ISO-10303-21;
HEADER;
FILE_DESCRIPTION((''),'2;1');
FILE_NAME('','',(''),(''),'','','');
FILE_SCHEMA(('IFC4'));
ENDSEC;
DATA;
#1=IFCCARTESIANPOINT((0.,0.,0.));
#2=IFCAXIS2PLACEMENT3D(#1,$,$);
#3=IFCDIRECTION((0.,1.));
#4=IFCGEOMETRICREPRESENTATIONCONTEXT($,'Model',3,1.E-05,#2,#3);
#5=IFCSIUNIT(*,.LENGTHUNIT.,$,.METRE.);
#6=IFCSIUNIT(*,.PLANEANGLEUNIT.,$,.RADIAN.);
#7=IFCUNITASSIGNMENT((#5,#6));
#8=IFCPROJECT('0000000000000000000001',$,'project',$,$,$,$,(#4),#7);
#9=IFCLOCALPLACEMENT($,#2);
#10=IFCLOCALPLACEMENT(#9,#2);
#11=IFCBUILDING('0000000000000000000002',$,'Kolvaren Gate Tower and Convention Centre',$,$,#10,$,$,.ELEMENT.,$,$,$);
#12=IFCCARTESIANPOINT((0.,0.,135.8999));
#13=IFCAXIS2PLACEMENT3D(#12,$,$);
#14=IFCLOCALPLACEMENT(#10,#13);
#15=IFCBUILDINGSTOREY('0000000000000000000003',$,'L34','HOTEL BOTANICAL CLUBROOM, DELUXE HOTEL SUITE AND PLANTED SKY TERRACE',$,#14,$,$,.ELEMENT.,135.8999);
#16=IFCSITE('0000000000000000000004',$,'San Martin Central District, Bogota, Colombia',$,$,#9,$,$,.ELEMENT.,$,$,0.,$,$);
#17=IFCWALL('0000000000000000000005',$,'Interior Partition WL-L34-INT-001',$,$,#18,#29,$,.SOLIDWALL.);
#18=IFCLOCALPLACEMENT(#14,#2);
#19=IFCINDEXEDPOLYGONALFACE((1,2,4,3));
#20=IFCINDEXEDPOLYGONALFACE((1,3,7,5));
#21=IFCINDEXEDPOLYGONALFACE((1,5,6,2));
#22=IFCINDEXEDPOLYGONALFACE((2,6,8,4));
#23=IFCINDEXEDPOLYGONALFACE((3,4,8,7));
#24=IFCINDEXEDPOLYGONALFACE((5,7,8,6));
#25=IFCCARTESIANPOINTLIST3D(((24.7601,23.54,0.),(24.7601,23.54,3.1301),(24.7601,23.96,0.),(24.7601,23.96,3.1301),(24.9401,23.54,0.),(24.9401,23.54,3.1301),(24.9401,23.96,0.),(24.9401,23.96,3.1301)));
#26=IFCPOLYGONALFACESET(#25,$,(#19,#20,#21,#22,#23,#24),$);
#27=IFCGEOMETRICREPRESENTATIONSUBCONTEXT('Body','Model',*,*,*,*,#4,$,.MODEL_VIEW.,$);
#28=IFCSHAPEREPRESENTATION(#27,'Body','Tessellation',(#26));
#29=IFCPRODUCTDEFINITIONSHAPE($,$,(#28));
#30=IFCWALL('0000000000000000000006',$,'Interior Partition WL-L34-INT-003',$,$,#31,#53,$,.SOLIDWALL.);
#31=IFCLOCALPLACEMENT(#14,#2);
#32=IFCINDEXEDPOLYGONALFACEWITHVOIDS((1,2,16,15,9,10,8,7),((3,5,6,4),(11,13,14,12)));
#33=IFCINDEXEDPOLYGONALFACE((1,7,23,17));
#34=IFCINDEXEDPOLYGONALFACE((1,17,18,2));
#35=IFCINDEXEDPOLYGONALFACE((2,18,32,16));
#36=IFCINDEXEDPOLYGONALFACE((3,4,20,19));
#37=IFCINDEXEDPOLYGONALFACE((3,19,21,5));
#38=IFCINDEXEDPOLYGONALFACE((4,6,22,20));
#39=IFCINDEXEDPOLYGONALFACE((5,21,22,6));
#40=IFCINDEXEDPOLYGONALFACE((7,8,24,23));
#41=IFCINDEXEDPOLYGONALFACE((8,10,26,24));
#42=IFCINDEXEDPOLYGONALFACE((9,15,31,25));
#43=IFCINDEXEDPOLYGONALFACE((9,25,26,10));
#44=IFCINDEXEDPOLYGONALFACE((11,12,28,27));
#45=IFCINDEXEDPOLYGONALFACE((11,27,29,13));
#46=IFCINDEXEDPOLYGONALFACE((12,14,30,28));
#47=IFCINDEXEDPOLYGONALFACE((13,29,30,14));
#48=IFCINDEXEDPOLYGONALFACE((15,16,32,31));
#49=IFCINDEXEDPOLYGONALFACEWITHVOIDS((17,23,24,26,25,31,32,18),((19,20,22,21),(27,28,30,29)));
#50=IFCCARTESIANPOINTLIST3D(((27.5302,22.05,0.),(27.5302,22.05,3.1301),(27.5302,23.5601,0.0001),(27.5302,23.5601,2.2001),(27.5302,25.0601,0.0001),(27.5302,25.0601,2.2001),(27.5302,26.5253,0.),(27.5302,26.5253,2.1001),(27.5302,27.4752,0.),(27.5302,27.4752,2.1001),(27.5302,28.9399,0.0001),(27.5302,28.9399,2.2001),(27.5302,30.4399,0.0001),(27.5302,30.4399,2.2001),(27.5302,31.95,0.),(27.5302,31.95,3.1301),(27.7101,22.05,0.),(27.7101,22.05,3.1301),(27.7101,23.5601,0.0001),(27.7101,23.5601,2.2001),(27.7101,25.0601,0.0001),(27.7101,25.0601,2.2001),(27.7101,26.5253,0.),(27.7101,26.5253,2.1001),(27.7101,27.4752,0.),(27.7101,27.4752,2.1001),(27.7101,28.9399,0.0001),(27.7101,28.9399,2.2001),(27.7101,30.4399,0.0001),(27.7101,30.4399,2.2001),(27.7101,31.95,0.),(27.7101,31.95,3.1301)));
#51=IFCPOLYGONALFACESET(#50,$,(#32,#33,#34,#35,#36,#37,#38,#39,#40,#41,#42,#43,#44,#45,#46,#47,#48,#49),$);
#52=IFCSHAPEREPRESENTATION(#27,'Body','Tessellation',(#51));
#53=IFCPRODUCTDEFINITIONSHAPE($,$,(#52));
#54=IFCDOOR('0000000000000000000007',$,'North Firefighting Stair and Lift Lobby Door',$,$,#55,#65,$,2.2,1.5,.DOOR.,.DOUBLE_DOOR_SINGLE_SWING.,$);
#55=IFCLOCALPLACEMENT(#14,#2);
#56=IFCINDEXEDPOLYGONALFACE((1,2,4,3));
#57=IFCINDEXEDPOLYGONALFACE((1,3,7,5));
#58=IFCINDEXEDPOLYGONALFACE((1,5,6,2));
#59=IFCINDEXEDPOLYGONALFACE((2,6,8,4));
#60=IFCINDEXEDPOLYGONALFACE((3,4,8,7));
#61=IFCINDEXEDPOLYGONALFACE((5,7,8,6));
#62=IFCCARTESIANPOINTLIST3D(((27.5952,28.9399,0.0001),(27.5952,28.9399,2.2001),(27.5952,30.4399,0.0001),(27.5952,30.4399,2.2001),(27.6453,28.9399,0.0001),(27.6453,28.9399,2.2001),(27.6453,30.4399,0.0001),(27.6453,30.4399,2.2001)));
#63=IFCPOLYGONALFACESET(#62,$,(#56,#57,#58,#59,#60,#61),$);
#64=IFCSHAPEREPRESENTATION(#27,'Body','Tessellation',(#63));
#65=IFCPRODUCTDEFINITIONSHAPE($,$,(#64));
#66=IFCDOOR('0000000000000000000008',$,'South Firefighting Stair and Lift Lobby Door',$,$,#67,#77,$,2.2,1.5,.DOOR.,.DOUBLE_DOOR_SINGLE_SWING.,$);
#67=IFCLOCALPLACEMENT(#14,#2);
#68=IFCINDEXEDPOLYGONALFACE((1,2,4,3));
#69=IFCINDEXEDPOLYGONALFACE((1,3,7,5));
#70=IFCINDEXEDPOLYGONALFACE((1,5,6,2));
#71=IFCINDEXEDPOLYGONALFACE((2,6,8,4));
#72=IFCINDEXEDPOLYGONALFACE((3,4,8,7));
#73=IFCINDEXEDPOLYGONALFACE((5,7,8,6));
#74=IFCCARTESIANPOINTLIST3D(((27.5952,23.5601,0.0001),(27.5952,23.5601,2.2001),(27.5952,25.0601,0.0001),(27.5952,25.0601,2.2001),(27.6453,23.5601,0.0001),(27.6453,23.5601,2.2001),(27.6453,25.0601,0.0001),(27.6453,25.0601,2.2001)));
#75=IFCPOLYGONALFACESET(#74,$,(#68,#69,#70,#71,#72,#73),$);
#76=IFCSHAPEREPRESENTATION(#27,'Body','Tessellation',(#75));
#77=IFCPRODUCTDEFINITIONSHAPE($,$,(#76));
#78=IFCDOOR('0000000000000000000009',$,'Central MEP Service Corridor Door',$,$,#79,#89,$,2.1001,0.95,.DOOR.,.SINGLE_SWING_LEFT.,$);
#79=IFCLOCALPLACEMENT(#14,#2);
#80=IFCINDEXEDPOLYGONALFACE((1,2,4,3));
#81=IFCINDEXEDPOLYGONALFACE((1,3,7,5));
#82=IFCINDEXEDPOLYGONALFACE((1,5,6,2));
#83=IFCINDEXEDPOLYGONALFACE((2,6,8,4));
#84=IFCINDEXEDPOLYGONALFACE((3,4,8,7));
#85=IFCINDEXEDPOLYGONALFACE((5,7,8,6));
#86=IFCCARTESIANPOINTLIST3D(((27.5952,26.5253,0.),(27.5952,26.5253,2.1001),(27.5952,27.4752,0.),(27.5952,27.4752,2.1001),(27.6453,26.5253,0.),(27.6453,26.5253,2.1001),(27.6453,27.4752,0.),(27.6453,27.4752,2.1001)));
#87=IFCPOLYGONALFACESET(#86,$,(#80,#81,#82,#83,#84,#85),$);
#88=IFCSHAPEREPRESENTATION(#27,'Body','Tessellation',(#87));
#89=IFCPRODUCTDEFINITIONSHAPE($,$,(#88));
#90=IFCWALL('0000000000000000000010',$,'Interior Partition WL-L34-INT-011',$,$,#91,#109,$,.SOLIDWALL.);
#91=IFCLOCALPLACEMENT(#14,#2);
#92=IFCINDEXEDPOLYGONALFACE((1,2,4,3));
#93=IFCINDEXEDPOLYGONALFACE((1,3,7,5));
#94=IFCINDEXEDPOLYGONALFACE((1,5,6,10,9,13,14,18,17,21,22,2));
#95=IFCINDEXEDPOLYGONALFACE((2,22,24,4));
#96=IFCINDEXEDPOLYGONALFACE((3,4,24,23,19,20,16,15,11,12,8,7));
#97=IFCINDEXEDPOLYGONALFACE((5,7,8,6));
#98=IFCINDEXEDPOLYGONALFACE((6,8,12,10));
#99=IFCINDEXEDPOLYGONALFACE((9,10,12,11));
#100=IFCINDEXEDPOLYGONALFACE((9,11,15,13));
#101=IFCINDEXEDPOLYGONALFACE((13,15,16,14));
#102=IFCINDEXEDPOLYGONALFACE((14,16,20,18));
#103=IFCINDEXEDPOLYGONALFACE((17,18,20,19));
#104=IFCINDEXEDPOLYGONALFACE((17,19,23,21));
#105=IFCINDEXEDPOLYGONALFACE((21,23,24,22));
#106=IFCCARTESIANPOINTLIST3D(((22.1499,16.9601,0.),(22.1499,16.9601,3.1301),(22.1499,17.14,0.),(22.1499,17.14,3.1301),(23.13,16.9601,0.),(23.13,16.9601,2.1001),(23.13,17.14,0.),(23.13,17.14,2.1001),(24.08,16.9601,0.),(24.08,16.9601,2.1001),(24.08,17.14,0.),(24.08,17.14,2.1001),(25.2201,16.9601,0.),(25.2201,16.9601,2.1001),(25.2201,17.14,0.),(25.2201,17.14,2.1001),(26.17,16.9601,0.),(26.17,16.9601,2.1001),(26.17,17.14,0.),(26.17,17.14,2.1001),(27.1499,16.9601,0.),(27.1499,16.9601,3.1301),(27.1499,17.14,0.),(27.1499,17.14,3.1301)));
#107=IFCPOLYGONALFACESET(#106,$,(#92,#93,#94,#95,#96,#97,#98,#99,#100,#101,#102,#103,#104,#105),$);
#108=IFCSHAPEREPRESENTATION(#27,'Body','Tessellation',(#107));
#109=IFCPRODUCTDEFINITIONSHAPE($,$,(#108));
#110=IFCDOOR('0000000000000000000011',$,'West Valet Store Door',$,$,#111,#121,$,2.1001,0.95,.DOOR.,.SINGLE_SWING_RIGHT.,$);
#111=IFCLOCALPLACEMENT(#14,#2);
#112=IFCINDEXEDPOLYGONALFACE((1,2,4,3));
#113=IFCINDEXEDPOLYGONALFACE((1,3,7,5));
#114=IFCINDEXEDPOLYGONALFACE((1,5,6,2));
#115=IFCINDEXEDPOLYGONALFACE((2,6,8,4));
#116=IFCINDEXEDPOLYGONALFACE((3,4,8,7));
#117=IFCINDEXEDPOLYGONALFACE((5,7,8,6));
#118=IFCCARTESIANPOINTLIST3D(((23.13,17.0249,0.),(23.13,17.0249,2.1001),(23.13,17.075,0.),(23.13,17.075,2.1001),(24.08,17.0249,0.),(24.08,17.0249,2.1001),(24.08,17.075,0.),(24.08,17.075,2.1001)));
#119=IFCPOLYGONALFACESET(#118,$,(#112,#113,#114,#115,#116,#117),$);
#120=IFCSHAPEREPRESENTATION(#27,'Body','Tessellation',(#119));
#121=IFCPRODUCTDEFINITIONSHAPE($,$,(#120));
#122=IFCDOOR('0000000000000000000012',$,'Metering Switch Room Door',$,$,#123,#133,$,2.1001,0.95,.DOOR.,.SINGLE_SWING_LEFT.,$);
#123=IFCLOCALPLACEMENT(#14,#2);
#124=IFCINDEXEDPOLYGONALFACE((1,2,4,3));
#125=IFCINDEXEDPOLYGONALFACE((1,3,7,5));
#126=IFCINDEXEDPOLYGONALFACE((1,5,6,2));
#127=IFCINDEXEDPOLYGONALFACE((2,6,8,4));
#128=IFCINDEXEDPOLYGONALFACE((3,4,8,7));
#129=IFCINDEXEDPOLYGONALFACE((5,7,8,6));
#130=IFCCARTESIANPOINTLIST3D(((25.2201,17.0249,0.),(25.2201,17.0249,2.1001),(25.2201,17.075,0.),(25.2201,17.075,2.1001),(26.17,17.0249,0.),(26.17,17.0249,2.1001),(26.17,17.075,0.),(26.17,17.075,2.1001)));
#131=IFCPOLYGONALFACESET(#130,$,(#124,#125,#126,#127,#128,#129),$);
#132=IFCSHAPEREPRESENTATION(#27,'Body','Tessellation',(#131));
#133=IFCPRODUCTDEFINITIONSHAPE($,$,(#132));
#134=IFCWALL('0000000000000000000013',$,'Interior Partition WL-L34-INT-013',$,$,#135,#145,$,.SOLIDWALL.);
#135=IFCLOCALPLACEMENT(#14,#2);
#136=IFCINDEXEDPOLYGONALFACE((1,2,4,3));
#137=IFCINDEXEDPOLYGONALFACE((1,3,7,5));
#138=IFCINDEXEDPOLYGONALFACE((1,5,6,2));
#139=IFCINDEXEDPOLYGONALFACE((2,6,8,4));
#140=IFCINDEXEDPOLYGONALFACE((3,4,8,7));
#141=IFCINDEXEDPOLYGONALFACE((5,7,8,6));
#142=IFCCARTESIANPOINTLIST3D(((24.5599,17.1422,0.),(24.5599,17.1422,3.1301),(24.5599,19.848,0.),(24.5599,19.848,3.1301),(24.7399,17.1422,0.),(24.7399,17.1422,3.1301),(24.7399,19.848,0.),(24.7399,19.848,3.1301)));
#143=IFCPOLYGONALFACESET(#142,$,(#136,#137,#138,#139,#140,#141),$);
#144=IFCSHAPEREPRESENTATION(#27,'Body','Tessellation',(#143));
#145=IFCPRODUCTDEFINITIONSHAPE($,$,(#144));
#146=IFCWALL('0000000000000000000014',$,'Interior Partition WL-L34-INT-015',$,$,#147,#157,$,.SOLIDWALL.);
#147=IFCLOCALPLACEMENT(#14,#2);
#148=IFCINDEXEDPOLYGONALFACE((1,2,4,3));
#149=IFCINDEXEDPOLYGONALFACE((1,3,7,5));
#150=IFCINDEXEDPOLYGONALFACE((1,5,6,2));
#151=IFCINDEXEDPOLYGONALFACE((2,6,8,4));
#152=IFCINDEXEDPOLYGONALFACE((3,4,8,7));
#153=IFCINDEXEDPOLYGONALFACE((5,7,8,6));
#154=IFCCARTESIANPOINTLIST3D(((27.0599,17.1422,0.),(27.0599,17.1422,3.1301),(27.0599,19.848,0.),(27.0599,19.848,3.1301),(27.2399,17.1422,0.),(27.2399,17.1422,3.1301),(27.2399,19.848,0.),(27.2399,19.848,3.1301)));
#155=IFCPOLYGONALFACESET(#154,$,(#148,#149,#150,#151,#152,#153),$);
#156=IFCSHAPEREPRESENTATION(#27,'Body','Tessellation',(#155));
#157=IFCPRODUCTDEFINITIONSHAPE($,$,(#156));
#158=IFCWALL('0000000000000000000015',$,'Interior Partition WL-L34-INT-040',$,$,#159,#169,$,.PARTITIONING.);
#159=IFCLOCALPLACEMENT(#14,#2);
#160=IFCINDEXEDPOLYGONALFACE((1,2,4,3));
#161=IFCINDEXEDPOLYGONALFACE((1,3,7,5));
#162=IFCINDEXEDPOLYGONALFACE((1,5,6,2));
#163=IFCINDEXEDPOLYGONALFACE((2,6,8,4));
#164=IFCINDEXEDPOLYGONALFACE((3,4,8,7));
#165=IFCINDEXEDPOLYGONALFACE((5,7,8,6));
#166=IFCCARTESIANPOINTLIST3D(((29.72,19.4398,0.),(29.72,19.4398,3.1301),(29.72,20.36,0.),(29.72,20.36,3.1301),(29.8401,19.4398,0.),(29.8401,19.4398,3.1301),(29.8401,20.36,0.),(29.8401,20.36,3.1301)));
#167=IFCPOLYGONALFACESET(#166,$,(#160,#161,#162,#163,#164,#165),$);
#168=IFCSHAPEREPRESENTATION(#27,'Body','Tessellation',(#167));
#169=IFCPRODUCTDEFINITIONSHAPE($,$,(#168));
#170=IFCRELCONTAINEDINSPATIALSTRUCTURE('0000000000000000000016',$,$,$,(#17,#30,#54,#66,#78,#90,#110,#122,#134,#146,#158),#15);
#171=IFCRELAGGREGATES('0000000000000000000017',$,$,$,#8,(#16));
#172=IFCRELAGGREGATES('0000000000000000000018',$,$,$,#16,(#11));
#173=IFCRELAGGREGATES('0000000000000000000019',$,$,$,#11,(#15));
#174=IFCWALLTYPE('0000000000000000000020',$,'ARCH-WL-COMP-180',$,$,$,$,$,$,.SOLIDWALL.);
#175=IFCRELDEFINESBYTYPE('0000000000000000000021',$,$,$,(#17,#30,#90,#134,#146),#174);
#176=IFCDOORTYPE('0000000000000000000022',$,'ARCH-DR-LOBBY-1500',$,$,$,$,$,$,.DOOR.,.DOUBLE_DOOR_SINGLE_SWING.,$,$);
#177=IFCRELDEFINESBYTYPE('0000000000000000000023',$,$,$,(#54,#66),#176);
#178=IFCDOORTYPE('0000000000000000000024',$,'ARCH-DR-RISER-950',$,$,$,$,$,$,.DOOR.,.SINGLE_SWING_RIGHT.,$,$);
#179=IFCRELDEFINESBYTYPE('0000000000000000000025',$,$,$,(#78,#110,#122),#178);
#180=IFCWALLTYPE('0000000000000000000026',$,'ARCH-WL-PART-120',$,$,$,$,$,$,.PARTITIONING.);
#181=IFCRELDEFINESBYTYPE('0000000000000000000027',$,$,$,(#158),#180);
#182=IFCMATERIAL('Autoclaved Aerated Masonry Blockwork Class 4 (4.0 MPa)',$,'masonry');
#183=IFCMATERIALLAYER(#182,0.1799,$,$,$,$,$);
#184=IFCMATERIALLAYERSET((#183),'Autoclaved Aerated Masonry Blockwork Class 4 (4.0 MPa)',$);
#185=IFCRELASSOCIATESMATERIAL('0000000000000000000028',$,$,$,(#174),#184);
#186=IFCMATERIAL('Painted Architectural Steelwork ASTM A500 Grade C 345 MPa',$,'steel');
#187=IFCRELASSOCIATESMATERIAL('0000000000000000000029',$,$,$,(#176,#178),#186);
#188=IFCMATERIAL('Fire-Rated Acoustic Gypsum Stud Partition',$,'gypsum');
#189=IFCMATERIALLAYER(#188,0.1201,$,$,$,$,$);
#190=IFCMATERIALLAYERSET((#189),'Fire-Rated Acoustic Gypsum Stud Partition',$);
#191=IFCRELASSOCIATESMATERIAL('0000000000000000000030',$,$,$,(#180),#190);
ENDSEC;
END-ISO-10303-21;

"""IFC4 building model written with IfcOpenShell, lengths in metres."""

from ifc_helpers import new_model, si_unit, direction, frame, frame_2d, origin, place, context, subcontext, project, spatial, rectangle, extrude, material, layer, layer_set, type_object, element, fill, save


model = new_model("IFC4")

# Units and contexts
model_context = context("Model", 3, precision=1e-05, world=origin(), true_north=direction((0.0, 1.0)))
body_context = subcontext(model_context, "Body", "Model", "MODEL_VIEW")
ifc_project = project(units=[si_unit("LENGTHUNIT", "METRE"), si_unit("PLANEANGLEUNIT", "RADIAN")], contexts=[model_context])

# Site, building, storey
site_placement = place(None, origin())
site = spatial("IfcSite", under=ifc_project, at=site_placement, Name="San Martin Central District, Bogota, Colombia", CompositionType="ELEMENT", RefElevation=0.0)
building_placement = place(site_placement, origin())
building = spatial("IfcBuilding", under=site, at=building_placement, Name="Kolvaren Gate Tower and Convention Centre", CompositionType="ELEMENT")
storey_placement = place(building_placement, frame((0.0, 0.0, 135.8999)))
storey = spatial("IfcBuildingStorey", under=building, at=storey_placement, Name="L34", Description="HOTEL BOTANICAL CLUBROOM, DELUXE HOTEL SUITE AND PLANTED SKY TERRACE", CompositionType="ELEMENT", Elevation=135.8999)

# Wall
ifc_material_1 = material(Name="Autoclaved Aerated Masonry Blockwork Class 4 (4.0 MPa)", Category="masonry")
ifc_layer_1 = layer(ifc_material_1, 0.1799)
ifc_layer_set_1 = layer_set([ifc_layer_1], Name="Autoclaved Aerated Masonry Blockwork Class 4 (4.0 MPa)")
wall_type_1 = type_object("IfcWallType", Name="ARCH-WL-COMP-180", PredefinedType="SOLIDWALL", material=ifc_layer_set_1)
wall_1_placement = place(storey_placement, frame((24.8501, 23.54, 0.0), z_axis=(0.0, 0.0, 1.0), x_axis=(0.0, 1.0, 0.0)))
element("IfcWall", 1, at=wall_1_placement, inside=storey, type_object=wall_type_1, Name="Interior Partition WL-L34-INT-001", PredefinedType="SOLIDWALL", context=body_context, shape_type="SweptSolid", body=[
    extrude(rectangle(XDim=0.4199, YDim=0.1799, at=frame_2d((0.21, 0.0))), origin(), (0.0, 0.0, 1.0), 3.1301),
])

# Walls, openings, doors
wall_2_placement = place(storey_placement, frame((27.6201, 22.05, 0.0), z_axis=(0.0, 0.0, 1.0), x_axis=(0.0, 1.0, 0.0)))
wall_2 = element("IfcWall", 2, at=wall_2_placement, inside=storey, type_object=wall_type_1, Name="Interior Partition WL-L34-INT-003", PredefinedType="SOLIDWALL", context=body_context, shape_type="SweptSolid", body=[
    extrude(rectangle(XDim=9.8999, YDim=0.1799, at=frame_2d((4.95, 0.0))), origin(), (0.0, 0.0, 1.0), 3.1301),
])
opening_1_placement = place(wall_2_placement, frame((4.4751, 0.0, 0.0)))
opening_1 = element("IfcOpeningElement", 3, at=opening_1_placement, cuts=wall_2, PredefinedType="OPENING", context=body_context, shape_type="SweptSolid", body=[
    extrude(rectangle(XDim=0.95, YDim=2.1001, at=frame_2d((0.4751, 1.05))), frame((0.0, 0.0999, 0.0), z_axis=(0.0, -1.0, 0.0), x_axis=(1.0, 0.0, 0.0)), (0.0, 0.0, 1.0), 0.2),
])
opening_2_placement = place(wall_2_placement, frame((6.8899, 0.0, 0.0)))
opening_2 = element("IfcOpeningElement", 4, at=opening_2_placement, cuts=wall_2, PredefinedType="OPENING", context=body_context, shape_type="SweptSolid", body=[
    extrude(rectangle(XDim=1.5, YDim=2.2, at=frame_2d((0.75, 1.1001))), frame((0.0, 0.0999, 0.0), z_axis=(0.0, -1.0, 0.0), x_axis=(1.0, 0.0, 0.0)), (0.0, 0.0, 1.0), 0.2),
])
opening_3_placement = place(wall_2_placement, frame((1.51, 0.0, 0.0)))
opening_3 = element("IfcOpeningElement", 5, at=opening_3_placement, cuts=wall_2, PredefinedType="OPENING", context=body_context, shape_type="SweptSolid", body=[
    extrude(rectangle(XDim=1.5, YDim=2.2, at=frame_2d((0.75, 1.1001))), frame((0.0, 0.0999, 0.0), z_axis=(0.0, -1.0, 0.0), x_axis=(1.0, 0.0, 0.0)), (0.0, 0.0, 1.0), 0.2),
])
ifc_material_2 = material(Name="Painted Architectural Steelwork ASTM A500 Grade C 345 MPa", Category="steel")
door_type_1 = type_object("IfcDoorType", Name="ARCH-DR-LOBBY-1500", OperationType="DOUBLE_DOOR_SINGLE_SWING", PredefinedType="DOOR", material=ifc_material_2)
door_1_placement = place(opening_2_placement, origin())
door_1 = element("IfcDoor", 6, at=door_1_placement, inside=storey, type_object=door_type_1, Name="North Firefighting Stair and Lift Lobby Door", OperationType="DOUBLE_DOOR_SINGLE_SWING", OverallHeight=2.2, OverallWidth=1.5, PredefinedType="DOOR", context=body_context, shape_type="SweptSolid", body=[
    extrude(rectangle(XDim=1.5, YDim=2.2, at=frame_2d((0.75, 1.1001))), frame((0.0, 0.0249, 0.0), z_axis=(0.0, -1.0, 0.0), x_axis=(1.0, 0.0, 0.0)), (0.0, 0.0, 1.0), 0.05),
])
fill(opening_2, door_1)
door_2_placement = place(opening_3_placement, origin())
door_2 = element("IfcDoor", 7, at=door_2_placement, inside=storey, type_object=door_type_1, Name="South Firefighting Stair and Lift Lobby Door", OperationType="DOUBLE_DOOR_SINGLE_SWING", OverallHeight=2.2, OverallWidth=1.5, PredefinedType="DOOR", context=body_context, shape_type="SweptSolid", body=[
    extrude(rectangle(XDim=1.5, YDim=2.2, at=frame_2d((0.75, 1.1001))), frame((0.0, 0.0249, 0.0), z_axis=(0.0, -1.0, 0.0), x_axis=(1.0, 0.0, 0.0)), (0.0, 0.0, 1.0), 0.05),
])
fill(opening_3, door_2)
door_type_2 = type_object("IfcDoorType", Name="ARCH-DR-RISER-950", OperationType="SINGLE_SWING_RIGHT", PredefinedType="DOOR", material=ifc_material_2)
door_3_placement = place(opening_1_placement, origin())
door_3 = element("IfcDoor", 8, at=door_3_placement, inside=storey, type_object=door_type_2, Name="Central MEP Service Corridor Door", OperationType="SINGLE_SWING_LEFT", OverallHeight=2.1001, OverallWidth=0.95, PredefinedType="DOOR", context=body_context, shape_type="SweptSolid", body=[
    extrude(rectangle(XDim=0.95, YDim=2.1001, at=frame_2d((0.4751, 1.05))), frame((0.0, 0.0249, 0.0), z_axis=(0.0, -1.0, 0.0), x_axis=(1.0, 0.0, 0.0)), (0.0, 0.0, 1.0), 0.05),
])
fill(opening_1, door_3)
wall_3_placement = place(storey_placement, frame((22.1499, 17.05, 0.0), z_axis=(0.0, 0.0, 1.0), x_axis=(1.0, 0.0, 0.0)))
wall_3 = element("IfcWall", 9, at=wall_3_placement, inside=storey, type_object=wall_type_1, Name="Interior Partition WL-L34-INT-011", PredefinedType="SOLIDWALL", context=body_context, shape_type="SweptSolid", body=[
    extrude(rectangle(XDim=5.0, YDim=0.1799, at=frame_2d((2.5, 0.0))), origin(), (0.0, 0.0, 1.0), 3.1301),
])
opening_4_placement = place(wall_3_placement, frame((0.98, 0.0, 0.0)))
opening_4 = element("IfcOpeningElement", 10, at=opening_4_placement, cuts=wall_3, PredefinedType="OPENING", context=body_context, shape_type="SweptSolid", body=[
    extrude(rectangle(XDim=0.95, YDim=2.1001, at=frame_2d((0.4751, 1.05))), frame((0.0, 0.0999, 0.0), z_axis=(0.0, -1.0, 0.0), x_axis=(1.0, 0.0, 0.0)), (0.0, 0.0, 1.0), 0.2),
])
opening_5_placement = place(wall_3_placement, frame((3.0701, 0.0, 0.0)))
opening_5 = element("IfcOpeningElement", 11, at=opening_5_placement, cuts=wall_3, PredefinedType="OPENING", context=body_context, shape_type="SweptSolid", body=[
    extrude(rectangle(XDim=0.95, YDim=2.1001, at=frame_2d((0.4751, 1.05))), frame((0.0, 0.0999, 0.0), z_axis=(0.0, -1.0, 0.0), x_axis=(1.0, 0.0, 0.0)), (0.0, 0.0, 1.0), 0.2),
])
door_4_placement = place(opening_4_placement, origin())
door_4 = element("IfcDoor", 12, at=door_4_placement, inside=storey, type_object=door_type_2, Name="West Valet Store Door", OperationType="SINGLE_SWING_RIGHT", OverallHeight=2.1001, OverallWidth=0.95, PredefinedType="DOOR", context=body_context, shape_type="SweptSolid", body=[
    extrude(rectangle(XDim=0.95, YDim=2.1001, at=frame_2d((0.4751, 1.05))), frame((0.0, 0.0249, 0.0), z_axis=(0.0, -1.0, 0.0), x_axis=(1.0, 0.0, 0.0)), (0.0, 0.0, 1.0), 0.05),
])
fill(opening_4, door_4)
door_5_placement = place(opening_5_placement, origin())
door_5 = element("IfcDoor", 13, at=door_5_placement, inside=storey, type_object=door_type_2, Name="Metering Switch Room Door", OperationType="SINGLE_SWING_LEFT", OverallHeight=2.1001, OverallWidth=0.95, PredefinedType="DOOR", context=body_context, shape_type="SweptSolid", body=[
    extrude(rectangle(XDim=0.95, YDim=2.1001, at=frame_2d((0.4751, 1.05))), frame((0.0, 0.0249, 0.0), z_axis=(0.0, -1.0, 0.0), x_axis=(1.0, 0.0, 0.0)), (0.0, 0.0, 1.0), 0.05),
])
fill(opening_5, door_5)

# Walls
for number, where, z_axis, x_axis, name in (
    (14, (24.6499, 17.1421, 0.0), (0.0, 0.0, 1.0), (0.0, 1.0, 0.0), "Interior Partition WL-L34-INT-013"),
    (15, (27.1499, 17.1421, 0.0), (0.0, 0.0, 1.0), (0.0, 1.0, 0.0), "Interior Partition WL-L34-INT-015"),
):
    element("IfcWall", number, at=place(storey_placement, frame(where, z_axis=z_axis, x_axis=x_axis)), inside=storey, type_object=wall_type_1, Name=name, PredefinedType="SOLIDWALL", context=body_context, shape_type="SweptSolid", body=[
        extrude(rectangle(XDim=2.7058, YDim=0.1799, at=frame_2d((1.353, 0.0))), origin(), (0.0, 0.0, 1.0), 3.1301),
    ])
ifc_material_3 = material(Name="Fire-Rated Acoustic Gypsum Stud Partition", Category="gypsum")
ifc_layer_2 = layer(ifc_material_3, 0.1201)
ifc_layer_set_2 = layer_set([ifc_layer_2], Name="Fire-Rated Acoustic Gypsum Stud Partition")
wall_type_2 = type_object("IfcWallType", Name="ARCH-WL-PART-120", PredefinedType="PARTITIONING", material=ifc_layer_set_2)
wall_4_placement = place(storey_placement, frame((29.78, 19.4399, 0.0), z_axis=(0.0, 0.0, 1.0), x_axis=(0.0, 1.0, 0.0)))
element("IfcWall", 16, at=wall_4_placement, inside=storey, type_object=wall_type_2, Name="Interior Partition WL-L34-INT-040", PredefinedType="PARTITIONING", context=body_context, shape_type="SweptSolid", body=[
    extrude(rectangle(XDim=0.9202, YDim=0.1201, at=frame_2d((0.46, 0.0))), origin(), (0.0, 0.0, 1.0), 3.1301),
])

save(model, "model.ifc")
